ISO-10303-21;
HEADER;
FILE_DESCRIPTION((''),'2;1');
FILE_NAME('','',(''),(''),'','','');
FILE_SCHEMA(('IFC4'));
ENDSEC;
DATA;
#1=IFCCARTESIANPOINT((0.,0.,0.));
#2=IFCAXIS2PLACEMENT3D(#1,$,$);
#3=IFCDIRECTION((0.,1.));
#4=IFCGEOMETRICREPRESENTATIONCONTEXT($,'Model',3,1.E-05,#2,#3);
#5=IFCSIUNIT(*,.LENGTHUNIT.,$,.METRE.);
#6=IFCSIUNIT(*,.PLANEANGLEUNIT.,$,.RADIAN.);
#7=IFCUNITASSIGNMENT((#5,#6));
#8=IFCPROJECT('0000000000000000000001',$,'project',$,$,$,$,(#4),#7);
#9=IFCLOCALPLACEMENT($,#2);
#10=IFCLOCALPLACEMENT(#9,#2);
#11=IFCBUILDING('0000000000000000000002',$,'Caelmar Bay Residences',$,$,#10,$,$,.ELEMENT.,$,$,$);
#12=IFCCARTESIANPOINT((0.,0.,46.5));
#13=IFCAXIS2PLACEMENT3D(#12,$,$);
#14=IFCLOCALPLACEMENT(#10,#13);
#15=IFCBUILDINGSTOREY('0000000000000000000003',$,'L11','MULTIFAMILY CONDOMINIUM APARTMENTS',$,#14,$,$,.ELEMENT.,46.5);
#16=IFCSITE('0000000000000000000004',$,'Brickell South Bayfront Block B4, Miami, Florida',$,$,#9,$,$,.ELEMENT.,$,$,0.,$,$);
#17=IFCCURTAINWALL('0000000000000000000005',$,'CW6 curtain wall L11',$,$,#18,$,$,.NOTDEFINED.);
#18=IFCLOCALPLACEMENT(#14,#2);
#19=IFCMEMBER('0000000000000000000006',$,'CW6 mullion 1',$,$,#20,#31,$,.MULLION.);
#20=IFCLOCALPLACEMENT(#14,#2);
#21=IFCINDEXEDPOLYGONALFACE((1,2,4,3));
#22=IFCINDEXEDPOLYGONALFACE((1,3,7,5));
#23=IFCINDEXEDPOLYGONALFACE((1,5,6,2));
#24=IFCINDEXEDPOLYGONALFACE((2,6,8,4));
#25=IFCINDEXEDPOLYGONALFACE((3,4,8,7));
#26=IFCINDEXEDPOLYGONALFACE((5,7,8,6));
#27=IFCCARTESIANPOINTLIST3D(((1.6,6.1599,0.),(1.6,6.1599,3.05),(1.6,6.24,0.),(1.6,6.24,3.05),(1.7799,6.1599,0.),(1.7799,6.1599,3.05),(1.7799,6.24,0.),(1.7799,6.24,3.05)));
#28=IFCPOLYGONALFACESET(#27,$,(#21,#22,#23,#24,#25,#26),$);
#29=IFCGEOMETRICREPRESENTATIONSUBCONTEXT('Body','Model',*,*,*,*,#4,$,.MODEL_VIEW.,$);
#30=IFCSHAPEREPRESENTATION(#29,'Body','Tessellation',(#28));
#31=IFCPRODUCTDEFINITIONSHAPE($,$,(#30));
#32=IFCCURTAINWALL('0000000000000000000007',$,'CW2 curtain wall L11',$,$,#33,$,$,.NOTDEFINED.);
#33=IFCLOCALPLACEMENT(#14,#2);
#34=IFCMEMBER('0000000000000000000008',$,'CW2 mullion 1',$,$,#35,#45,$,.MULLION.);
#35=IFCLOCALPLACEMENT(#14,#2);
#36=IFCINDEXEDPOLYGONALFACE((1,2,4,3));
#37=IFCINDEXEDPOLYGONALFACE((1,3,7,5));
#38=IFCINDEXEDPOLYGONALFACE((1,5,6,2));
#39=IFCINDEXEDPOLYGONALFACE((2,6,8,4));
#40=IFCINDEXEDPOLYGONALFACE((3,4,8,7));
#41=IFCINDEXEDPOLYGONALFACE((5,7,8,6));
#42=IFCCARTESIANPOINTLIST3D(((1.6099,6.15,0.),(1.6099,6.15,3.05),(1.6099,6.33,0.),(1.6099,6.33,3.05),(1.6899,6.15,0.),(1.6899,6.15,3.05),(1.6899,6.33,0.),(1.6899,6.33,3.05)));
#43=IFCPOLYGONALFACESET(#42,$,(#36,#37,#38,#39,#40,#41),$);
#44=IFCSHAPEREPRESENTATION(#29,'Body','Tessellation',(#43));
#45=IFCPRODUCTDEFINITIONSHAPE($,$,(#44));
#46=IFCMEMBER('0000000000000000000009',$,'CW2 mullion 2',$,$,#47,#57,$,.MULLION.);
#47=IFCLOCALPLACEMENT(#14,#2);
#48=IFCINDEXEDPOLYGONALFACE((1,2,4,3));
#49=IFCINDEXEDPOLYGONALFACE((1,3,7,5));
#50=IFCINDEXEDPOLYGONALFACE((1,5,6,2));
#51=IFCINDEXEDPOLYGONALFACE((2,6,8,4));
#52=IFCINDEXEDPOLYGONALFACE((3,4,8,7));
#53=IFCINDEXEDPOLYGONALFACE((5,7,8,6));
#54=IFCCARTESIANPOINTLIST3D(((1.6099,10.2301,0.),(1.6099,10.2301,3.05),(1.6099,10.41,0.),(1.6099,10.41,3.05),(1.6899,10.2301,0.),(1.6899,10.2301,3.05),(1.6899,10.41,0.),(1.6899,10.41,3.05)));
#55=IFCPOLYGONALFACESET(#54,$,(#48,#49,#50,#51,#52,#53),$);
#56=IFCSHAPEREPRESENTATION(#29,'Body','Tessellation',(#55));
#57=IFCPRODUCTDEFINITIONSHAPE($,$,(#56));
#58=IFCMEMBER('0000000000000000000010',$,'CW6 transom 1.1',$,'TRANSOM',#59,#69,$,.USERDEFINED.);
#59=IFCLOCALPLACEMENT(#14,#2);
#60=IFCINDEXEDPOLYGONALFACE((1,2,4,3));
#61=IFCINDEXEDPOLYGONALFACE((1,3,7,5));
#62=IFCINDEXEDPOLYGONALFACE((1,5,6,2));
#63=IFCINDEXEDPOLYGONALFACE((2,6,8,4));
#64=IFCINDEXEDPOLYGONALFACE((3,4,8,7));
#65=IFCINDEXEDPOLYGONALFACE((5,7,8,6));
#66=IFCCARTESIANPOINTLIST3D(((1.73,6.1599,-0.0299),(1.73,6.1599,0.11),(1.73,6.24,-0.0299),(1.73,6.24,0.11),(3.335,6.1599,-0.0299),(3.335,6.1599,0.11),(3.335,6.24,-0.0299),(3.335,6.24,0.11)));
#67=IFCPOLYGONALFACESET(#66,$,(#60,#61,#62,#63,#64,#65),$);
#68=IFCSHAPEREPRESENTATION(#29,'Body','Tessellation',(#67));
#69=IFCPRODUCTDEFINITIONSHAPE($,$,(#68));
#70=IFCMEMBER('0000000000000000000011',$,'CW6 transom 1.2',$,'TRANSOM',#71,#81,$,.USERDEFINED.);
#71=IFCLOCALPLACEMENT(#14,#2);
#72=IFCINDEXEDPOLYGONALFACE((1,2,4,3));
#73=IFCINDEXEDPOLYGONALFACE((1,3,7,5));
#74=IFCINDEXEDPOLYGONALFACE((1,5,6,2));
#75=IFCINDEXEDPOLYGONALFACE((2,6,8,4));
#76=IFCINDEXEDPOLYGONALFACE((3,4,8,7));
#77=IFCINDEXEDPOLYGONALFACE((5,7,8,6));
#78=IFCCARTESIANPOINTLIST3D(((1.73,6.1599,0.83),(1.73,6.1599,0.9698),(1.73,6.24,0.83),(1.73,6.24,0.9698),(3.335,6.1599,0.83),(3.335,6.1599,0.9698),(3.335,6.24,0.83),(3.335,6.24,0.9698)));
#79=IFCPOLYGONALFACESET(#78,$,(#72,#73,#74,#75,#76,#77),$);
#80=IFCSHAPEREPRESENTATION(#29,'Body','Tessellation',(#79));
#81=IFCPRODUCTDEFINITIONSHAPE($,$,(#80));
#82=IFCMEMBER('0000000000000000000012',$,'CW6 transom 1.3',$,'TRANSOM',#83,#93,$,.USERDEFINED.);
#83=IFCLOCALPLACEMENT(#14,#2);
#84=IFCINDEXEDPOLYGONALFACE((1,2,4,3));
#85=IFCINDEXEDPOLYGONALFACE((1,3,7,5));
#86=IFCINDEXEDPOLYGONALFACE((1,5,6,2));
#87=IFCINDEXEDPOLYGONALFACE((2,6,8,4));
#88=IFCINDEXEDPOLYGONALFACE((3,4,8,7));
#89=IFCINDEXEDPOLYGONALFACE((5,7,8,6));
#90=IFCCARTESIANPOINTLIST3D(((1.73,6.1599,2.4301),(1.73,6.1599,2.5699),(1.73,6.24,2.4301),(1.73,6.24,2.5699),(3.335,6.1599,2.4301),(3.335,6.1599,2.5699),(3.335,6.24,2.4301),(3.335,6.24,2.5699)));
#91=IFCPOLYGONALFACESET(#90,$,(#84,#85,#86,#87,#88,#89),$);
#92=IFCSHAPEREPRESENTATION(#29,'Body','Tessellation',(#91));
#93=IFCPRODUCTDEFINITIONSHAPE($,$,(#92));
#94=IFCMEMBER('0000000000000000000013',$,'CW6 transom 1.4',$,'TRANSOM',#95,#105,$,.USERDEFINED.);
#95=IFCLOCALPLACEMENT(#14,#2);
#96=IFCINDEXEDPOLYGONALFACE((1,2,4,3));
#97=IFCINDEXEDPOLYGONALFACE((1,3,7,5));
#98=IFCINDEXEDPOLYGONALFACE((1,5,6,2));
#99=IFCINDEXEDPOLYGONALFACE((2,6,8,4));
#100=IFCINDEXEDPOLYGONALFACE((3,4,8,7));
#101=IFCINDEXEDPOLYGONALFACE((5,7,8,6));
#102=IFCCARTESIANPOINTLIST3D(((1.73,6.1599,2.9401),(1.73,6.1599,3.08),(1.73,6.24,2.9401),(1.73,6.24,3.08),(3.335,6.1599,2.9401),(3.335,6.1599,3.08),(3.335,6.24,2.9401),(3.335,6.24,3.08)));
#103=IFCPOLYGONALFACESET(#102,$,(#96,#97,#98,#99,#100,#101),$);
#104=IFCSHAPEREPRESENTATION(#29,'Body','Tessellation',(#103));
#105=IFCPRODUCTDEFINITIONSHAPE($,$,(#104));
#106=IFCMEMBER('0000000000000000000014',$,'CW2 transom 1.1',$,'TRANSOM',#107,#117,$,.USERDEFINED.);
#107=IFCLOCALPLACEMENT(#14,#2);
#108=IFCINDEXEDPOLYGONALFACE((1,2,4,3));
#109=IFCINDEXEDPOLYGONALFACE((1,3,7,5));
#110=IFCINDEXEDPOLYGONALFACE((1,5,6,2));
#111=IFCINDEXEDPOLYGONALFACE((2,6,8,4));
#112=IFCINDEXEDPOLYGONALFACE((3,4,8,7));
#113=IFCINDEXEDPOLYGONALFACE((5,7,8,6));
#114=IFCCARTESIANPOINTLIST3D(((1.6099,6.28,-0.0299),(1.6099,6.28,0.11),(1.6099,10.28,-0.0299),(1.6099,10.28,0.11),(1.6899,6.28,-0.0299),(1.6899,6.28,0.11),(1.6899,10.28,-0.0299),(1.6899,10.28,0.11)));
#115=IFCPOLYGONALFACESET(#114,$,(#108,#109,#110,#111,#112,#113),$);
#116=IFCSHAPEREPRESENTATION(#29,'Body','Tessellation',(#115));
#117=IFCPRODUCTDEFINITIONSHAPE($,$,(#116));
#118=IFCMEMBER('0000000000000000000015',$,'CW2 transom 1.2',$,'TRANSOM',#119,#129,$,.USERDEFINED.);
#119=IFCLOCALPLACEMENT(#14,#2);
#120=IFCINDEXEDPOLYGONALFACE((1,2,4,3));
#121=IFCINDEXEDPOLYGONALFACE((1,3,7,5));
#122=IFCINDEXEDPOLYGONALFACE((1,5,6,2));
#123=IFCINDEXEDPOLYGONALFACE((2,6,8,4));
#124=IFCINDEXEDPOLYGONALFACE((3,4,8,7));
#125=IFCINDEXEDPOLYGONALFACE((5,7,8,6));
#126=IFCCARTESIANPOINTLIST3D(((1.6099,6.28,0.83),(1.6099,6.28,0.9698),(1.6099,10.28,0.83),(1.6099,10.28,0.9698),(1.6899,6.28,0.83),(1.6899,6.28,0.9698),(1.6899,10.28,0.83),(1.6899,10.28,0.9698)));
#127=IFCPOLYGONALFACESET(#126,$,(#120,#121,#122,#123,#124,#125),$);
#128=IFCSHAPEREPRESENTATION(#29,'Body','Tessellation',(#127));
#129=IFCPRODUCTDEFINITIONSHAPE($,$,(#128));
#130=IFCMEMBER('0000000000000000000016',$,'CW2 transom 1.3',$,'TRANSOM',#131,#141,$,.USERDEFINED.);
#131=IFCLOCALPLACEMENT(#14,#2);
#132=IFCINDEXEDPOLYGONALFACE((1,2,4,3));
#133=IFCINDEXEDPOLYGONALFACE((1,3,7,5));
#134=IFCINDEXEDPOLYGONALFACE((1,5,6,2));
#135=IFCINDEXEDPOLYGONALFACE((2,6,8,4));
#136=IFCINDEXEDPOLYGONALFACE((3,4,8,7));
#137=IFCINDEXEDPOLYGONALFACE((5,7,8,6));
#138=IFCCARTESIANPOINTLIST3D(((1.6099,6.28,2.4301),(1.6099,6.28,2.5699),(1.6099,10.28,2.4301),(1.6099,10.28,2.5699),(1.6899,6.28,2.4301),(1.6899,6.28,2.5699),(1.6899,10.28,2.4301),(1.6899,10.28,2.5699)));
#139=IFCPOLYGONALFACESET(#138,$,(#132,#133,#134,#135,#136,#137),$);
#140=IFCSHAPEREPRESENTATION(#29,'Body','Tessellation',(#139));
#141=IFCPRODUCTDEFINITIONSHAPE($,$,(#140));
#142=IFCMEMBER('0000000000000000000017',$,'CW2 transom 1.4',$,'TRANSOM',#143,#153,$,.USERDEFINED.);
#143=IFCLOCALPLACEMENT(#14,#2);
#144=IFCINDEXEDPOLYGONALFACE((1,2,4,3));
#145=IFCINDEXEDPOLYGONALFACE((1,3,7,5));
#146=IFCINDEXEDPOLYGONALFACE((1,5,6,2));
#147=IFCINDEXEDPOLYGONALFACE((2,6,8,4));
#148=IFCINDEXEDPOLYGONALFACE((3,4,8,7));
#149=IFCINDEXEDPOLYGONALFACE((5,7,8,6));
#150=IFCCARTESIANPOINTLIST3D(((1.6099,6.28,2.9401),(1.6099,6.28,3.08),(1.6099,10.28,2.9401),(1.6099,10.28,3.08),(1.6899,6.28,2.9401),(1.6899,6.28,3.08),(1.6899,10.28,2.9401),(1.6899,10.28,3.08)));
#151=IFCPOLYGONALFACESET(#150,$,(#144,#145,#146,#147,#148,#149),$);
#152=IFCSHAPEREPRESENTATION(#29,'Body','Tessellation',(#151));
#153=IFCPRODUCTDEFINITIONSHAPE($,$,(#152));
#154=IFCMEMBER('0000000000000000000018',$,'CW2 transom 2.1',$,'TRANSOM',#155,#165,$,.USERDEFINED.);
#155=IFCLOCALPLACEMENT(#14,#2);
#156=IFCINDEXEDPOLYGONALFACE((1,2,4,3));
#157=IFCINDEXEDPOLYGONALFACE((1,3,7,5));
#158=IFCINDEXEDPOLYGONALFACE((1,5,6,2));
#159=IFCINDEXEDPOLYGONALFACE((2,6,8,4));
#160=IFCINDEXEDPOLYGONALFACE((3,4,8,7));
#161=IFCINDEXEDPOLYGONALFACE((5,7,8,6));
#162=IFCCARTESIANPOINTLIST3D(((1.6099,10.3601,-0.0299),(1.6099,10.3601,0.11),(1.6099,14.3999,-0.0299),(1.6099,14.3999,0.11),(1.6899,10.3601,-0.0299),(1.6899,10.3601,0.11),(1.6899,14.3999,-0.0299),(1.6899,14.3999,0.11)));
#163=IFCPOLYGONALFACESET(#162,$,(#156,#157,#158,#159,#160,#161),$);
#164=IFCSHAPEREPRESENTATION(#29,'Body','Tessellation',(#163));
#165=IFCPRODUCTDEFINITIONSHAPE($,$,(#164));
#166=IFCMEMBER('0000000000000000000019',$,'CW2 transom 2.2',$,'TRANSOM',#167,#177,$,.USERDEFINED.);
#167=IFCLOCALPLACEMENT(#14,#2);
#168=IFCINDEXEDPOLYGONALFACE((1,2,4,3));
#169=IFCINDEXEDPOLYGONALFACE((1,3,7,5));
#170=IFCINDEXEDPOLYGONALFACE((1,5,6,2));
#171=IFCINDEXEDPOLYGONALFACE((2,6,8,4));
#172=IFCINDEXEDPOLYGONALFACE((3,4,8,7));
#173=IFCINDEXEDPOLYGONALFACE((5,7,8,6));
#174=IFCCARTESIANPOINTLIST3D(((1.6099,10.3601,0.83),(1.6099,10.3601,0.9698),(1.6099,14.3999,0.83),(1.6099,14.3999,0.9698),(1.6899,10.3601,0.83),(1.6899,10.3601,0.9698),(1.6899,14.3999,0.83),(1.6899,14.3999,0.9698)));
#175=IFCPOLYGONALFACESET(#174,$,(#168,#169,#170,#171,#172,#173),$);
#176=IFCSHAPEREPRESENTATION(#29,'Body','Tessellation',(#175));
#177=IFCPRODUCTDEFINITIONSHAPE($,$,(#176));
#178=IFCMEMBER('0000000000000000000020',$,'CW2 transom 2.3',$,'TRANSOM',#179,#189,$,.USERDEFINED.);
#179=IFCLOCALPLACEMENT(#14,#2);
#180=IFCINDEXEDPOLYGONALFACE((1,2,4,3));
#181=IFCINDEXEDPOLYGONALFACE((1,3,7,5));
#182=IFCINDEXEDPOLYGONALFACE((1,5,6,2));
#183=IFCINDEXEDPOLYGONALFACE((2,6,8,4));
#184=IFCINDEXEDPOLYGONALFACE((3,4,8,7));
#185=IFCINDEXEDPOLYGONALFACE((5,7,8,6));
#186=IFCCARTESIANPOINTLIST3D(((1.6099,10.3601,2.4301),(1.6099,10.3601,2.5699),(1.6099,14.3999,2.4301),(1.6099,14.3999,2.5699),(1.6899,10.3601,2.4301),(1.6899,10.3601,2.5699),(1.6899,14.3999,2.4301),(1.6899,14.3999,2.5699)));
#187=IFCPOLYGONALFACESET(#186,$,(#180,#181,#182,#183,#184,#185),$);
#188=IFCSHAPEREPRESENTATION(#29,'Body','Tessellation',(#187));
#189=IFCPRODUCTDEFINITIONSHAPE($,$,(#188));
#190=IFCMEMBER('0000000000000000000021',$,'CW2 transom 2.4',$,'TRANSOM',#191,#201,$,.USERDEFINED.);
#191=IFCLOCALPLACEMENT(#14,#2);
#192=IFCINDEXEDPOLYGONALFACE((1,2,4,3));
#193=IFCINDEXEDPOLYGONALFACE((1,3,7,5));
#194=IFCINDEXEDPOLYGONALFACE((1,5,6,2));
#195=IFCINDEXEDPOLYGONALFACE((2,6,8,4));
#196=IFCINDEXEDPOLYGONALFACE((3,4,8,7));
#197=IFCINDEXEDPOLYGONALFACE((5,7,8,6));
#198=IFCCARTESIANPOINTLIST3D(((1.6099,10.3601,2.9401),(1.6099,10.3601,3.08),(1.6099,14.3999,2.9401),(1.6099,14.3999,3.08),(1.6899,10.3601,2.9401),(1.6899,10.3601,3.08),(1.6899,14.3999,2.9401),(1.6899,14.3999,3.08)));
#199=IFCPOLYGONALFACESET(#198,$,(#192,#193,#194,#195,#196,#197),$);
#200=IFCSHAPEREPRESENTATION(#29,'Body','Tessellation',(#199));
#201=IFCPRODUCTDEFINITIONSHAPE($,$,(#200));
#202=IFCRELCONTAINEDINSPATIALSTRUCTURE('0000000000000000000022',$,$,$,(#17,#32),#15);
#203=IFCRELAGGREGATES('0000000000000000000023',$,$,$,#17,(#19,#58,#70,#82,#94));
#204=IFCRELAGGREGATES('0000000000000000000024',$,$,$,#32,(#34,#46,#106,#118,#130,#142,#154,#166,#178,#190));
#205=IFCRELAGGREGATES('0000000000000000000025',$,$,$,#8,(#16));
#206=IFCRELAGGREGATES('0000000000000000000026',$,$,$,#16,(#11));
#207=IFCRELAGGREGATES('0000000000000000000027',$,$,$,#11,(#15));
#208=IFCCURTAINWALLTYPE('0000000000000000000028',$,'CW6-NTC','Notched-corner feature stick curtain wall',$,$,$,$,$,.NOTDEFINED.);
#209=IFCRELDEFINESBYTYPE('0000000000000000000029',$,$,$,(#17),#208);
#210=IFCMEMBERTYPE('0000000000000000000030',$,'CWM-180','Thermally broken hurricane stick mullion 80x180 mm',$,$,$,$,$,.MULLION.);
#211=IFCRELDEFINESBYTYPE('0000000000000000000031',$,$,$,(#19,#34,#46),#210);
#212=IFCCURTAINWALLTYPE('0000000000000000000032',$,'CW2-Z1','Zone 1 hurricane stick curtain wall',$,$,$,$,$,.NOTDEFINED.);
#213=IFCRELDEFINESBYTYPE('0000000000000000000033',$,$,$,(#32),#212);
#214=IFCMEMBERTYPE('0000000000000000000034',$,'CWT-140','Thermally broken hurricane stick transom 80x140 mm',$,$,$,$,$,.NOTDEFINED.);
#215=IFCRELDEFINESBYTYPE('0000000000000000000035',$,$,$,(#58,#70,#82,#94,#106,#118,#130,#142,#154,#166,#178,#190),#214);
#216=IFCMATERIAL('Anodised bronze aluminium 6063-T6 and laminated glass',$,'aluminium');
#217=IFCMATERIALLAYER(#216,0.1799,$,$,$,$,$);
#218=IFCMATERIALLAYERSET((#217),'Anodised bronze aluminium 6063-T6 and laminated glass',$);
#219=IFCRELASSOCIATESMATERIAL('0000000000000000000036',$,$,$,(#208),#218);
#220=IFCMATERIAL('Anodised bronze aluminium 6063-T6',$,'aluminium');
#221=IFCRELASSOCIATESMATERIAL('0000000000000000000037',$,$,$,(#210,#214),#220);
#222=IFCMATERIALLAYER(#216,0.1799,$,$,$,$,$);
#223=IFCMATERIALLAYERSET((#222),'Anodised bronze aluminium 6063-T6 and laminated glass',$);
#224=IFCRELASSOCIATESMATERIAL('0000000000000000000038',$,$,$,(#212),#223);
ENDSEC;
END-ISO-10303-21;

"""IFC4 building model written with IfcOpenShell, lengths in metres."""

from ifc_helpers import new_model, si_unit, direction, frame, origin, origin_2d, place, context, subcontext, project, spatial, rectangle, extrude, material, layer, layer_set, material_profile, profile_set, type_object, element, aggregate, save


model = new_model("IFC4")

# Units and contexts
model_context = context("Model", 3, precision=1e-05, world=origin(), true_north=direction((0.0, 1.0)))
body_context = subcontext(model_context, "Body", "Model", "MODEL_VIEW")
ifc_project = project(units=[si_unit("LENGTHUNIT", "METRE"), si_unit("PLANEANGLEUNIT", "RADIAN")], contexts=[model_context])

# Site, building, storey
site_placement = place(None, origin())
site = spatial("IfcSite", under=ifc_project, at=site_placement, Name="Brickell South Bayfront Block B4, Miami, Florida", CompositionType="ELEMENT", RefElevation=0.0)
building_placement = place(site_placement, origin())
building = spatial("IfcBuilding", under=site, at=building_placement, Name="Caelmar Bay Residences", CompositionType="ELEMENT")
storey_placement = place(building_placement, frame((0.0, 0.0, 46.5)))
storey = spatial("IfcBuildingStorey", under=building, at=storey_placement, Name="L11", Description="MULTIFAMILY CONDOMINIUM APARTMENTS", CompositionType="ELEMENT", Elevation=46.5)

# Curtain wall, member
ifc_material_1 = material(Name="Anodised bronze aluminium 6063-T6 and laminated glass", Category="aluminium")
ifc_layer_1 = layer(ifc_material_1, 0.1799)
ifc_layer_set_1 = layer_set([ifc_layer_1], Name="Anodised bronze aluminium 6063-T6 and laminated glass")
curtain_wall_type_1 = type_object("IfcCurtainWallType", Name="CW6-NTC", Description="Notched-corner feature stick curtain wall", PredefinedType="NOTDEFINED", material=ifc_layer_set_1)
curtain_wall_1_placement = place(storey_placement, origin())
curtain_wall_1 = element("IfcCurtainWall", 1, at=curtain_wall_1_placement, inside=storey, type_object=curtain_wall_type_1, Name="CW6 curtain wall L11", PredefinedType="NOTDEFINED")
ifc_material_2 = material(Name="Anodised bronze aluminium 6063-T6", Category="aluminium")
ifc_material_profile_1 = material_profile(ifc_material_2, rectangle(XDim=0.0801, YDim=0.1799, at=origin_2d()), Name="CWM-80X180")
ifc_profile_set_1 = profile_set([ifc_material_profile_1], Name="Anodised bronze aluminium 6063-T6")
member_type_1 = type_object("IfcMemberType", Name="CWM-180", Description="Thermally broken hurricane stick mullion 80x180 mm", PredefinedType="MULLION", material=ifc_profile_set_1)
member_1_placement = place(storey_placement, frame((1.6899, 6.2, 0.0), z_axis=(0.0, 0.0, 1.0), x_axis=(0.0, 1.0, 0.0)))
member_1 = element("IfcMember", 2, at=member_1_placement, type_object=member_type_1, Name="CW6 mullion 1", PredefinedType="MULLION", context=body_context, shape_type="SweptSolid", body=[
    extrude(rectangle(XDim=0.0801, YDim=0.1799, at=origin_2d()), origin(), (0.0, 0.0, 1.0), 3.05),
])

# Curtain wall, members
ifc_layer_2 = layer(ifc_material_1, 0.1799)
ifc_layer_set_2 = layer_set([ifc_layer_2], Name="Anodised bronze aluminium 6063-T6 and laminated glass")
curtain_wall_type_2 = type_object("IfcCurtainWallType", Name="CW2-Z1", Description="Zone 1 hurricane stick curtain wall", PredefinedType="NOTDEFINED", material=ifc_layer_set_2)
curtain_wall_2_placement = place(storey_placement, origin())
curtain_wall_2 = element("IfcCurtainWall", 3, at=curtain_wall_2_placement, inside=storey, type_object=curtain_wall_type_2, Name="CW2 curtain wall L11", PredefinedType="NOTDEFINED")
member_2_placement = place(storey_placement, frame((1.6499, 6.24, 0.0), z_axis=(0.0, 0.0, 1.0), x_axis=(-1.0, 0.0, 0.0)))
member_2 = element("IfcMember", 4, at=member_2_placement, type_object=member_type_1, Name="CW2 mullion 1", PredefinedType="MULLION", context=body_context, shape_type="SweptSolid", body=[
    extrude(rectangle(XDim=0.0801, YDim=0.1799, at=origin_2d()), origin(), (0.0, 0.0, 1.0), 3.05),
])
member_3_placement = place(storey_placement, frame((1.6499, 10.3201, 0.0), z_axis=(0.0, 0.0, 1.0), x_axis=(-1.0, 0.0, 0.0)))
member_3 = element("IfcMember", 5, at=member_3_placement, type_object=member_type_1, Name="CW2 mullion 2", PredefinedType="MULLION", context=body_context, shape_type="SweptSolid", body=[
    extrude(rectangle(XDim=0.0801, YDim=0.1799, at=origin_2d()), origin(), (0.0, 0.0, 1.0), 3.05),
])

# Members
ifc_material_profile_2 = material_profile(ifc_material_2, rectangle(XDim=0.0801, YDim=0.1399, at=origin_2d()), Name="CWT-80X140")
ifc_profile_set_2 = profile_set([ifc_material_profile_2], Name="Anodised bronze aluminium 6063-T6")
member_type_2 = type_object("IfcMemberType", Name="CWT-140", Description="Thermally broken hurricane stick transom 80x140 mm", PredefinedType="NOTDEFINED", material=ifc_profile_set_2)
member_4_placement = place(storey_placement, frame((1.73, 6.2, 0.04), z_axis=(1.0, 0.0, 0.0), x_axis=(0.0, 1.0, 0.0)))
member_4 = element("IfcMember", 6, at=member_4_placement, type_object=member_type_2, Name="CW6 transom 1.1", ObjectType="TRANSOM", PredefinedType="USERDEFINED", context=body_context, shape_type="SweptSolid", body=[
    extrude(rectangle(XDim=0.0801, YDim=0.1399, at=origin_2d()), origin(), (0.0, 0.0, 1.0), 1.605),
])
member_5_placement = place(storey_placement, frame((1.73, 6.2, 0.8999), z_axis=(1.0, 0.0, 0.0), x_axis=(0.0, 1.0, 0.0)))
member_5 = element("IfcMember", 7, at=member_5_placement, type_object=member_type_2, Name="CW6 transom 1.2", ObjectType="TRANSOM", PredefinedType="USERDEFINED", context=body_context, shape_type="SweptSolid", body=[
    extrude(rectangle(XDim=0.0801, YDim=0.1399, at=origin_2d()), origin(), (0.0, 0.0, 1.0), 1.605),
])
member_6_placement = place(storey_placement, frame((1.73, 6.2, 2.5), z_axis=(1.0, 0.0, 0.0), x_axis=(0.0, 1.0, 0.0)))
member_6 = element("IfcMember", 8, at=member_6_placement, type_object=member_type_2, Name="CW6 transom 1.3", ObjectType="TRANSOM", PredefinedType="USERDEFINED", context=body_context, shape_type="SweptSolid", body=[
    extrude(rectangle(XDim=0.0801, YDim=0.1399, at=origin_2d()), origin(), (0.0, 0.0, 1.0), 1.605),
])
member_7_placement = place(storey_placement, frame((1.73, 6.2, 3.01), z_axis=(1.0, 0.0, 0.0), x_axis=(0.0, 1.0, 0.0)))
member_7 = element("IfcMember", 9, at=member_7_placement, type_object=member_type_2, Name="CW6 transom 1.4", ObjectType="TRANSOM", PredefinedType="USERDEFINED", context=body_context, shape_type="SweptSolid", body=[
    extrude(rectangle(XDim=0.0801, YDim=0.1399, at=origin_2d()), origin(), (0.0, 0.0, 1.0), 1.605),
])
member_8_placement = place(storey_placement, frame((1.6499, 6.28, 0.04), z_axis=(0.0, 1.0, 0.0), x_axis=(-1.0, 0.0, 0.0)))
member_8 = element("IfcMember", 10, at=member_8_placement, type_object=member_type_2, Name="CW2 transom 1.1", ObjectType="TRANSOM", PredefinedType="USERDEFINED", context=body_context, shape_type="SweptSolid", body=[
    extrude(rectangle(XDim=0.0801, YDim=0.1399, at=origin_2d()), origin(), (0.0, 0.0, 1.0), 4.0),
])
member_9_placement = place(storey_placement, frame((1.6499, 6.28, 0.8999), z_axis=(0.0, 1.0, 0.0), x_axis=(-1.0, 0.0, 0.0)))
member_9 = element("IfcMember", 11, at=member_9_placement, type_object=member_type_2, Name="CW2 transom 1.2", ObjectType="TRANSOM", PredefinedType="USERDEFINED", context=body_context, shape_type="SweptSolid", body=[
    extrude(rectangle(XDim=0.0801, YDim=0.1399, at=origin_2d()), origin(), (0.0, 0.0, 1.0), 4.0),
])
member_10_placement = place(storey_placement, frame((1.6499, 6.28, 2.5), z_axis=(0.0, 1.0, 0.0), x_axis=(-1.0, 0.0, 0.0)))
member_10 = element("IfcMember", 12, at=member_10_placement, type_object=member_type_2, Name="CW2 transom 1.3", ObjectType="TRANSOM", PredefinedType="USERDEFINED", context=body_context, shape_type="SweptSolid", body=[
    extrude(rectangle(XDim=0.0801, YDim=0.1399, at=origin_2d()), origin(), (0.0, 0.0, 1.0), 4.0),
])
member_11_placement = place(storey_placement, frame((1.6499, 6.28, 3.01), z_axis=(0.0, 1.0, 0.0), x_axis=(-1.0, 0.0, 0.0)))
member_11 = element("IfcMember", 13, at=member_11_placement, type_object=member_type_2, Name="CW2 transom 1.4", ObjectType="TRANSOM", PredefinedType="USERDEFINED", context=body_context, shape_type="SweptSolid", body=[
    extrude(rectangle(XDim=0.0801, YDim=0.1399, at=origin_2d()), origin(), (0.0, 0.0, 1.0), 4.0),
])
member_12_placement = place(storey_placement, frame((1.6499, 10.3601, 0.04), z_axis=(0.0, 1.0, 0.0), x_axis=(-1.0, 0.0, 0.0)))
member_12 = element("IfcMember", 14, at=member_12_placement, type_object=member_type_2, Name="CW2 transom 2.1", ObjectType="TRANSOM", PredefinedType="USERDEFINED", context=body_context, shape_type="SweptSolid", body=[
    extrude(rectangle(XDim=0.0801, YDim=0.1399, at=origin_2d()), origin(), (0.0, 0.0, 1.0), 4.0398),
])
member_13_placement = place(storey_placement, frame((1.6499, 10.3601, 0.8999), z_axis=(0.0, 1.0, 0.0), x_axis=(-1.0, 0.0, 0.0)))
member_13 = element("IfcMember", 15, at=member_13_placement, type_object=member_type_2, Name="CW2 transom 2.2", ObjectType="TRANSOM", PredefinedType="USERDEFINED", context=body_context, shape_type="SweptSolid", body=[
    extrude(rectangle(XDim=0.0801, YDim=0.1399, at=origin_2d()), origin(), (0.0, 0.0, 1.0), 4.0398),
])
member_14_placement = place(storey_placement, frame((1.6499, 10.3601, 2.5), z_axis=(0.0, 1.0, 0.0), x_axis=(-1.0, 0.0, 0.0)))
member_14 = element("IfcMember", 16, at=member_14_placement, type_object=member_type_2, Name="CW2 transom 2.3", ObjectType="TRANSOM", PredefinedType="USERDEFINED", context=body_context, shape_type="SweptSolid", body=[
    extrude(rectangle(XDim=0.0801, YDim=0.1399, at=origin_2d()), origin(), (0.0, 0.0, 1.0), 4.0398),
])
member_15_placement = place(storey_placement, frame((1.6499, 10.3601, 3.01), z_axis=(0.0, 1.0, 0.0), x_axis=(-1.0, 0.0, 0.0)))
member_15 = element("IfcMember", 17, at=member_15_placement, type_object=member_type_2, Name="CW2 transom 2.4", ObjectType="TRANSOM", PredefinedType="USERDEFINED", context=body_context, shape_type="SweptSolid", body=[
    extrude(rectangle(XDim=0.0801, YDim=0.1399, at=origin_2d()), origin(), (0.0, 0.0, 1.0), 4.0398),
])

aggregate(curtain_wall_1, [member_1, member_4, member_5, member_6, member_7])
aggregate(curtain_wall_2, [member_2, member_3, member_8, member_9, member_10, member_11, member_12, member_13, member_14, member_15])

save(model, "model.ifc")
